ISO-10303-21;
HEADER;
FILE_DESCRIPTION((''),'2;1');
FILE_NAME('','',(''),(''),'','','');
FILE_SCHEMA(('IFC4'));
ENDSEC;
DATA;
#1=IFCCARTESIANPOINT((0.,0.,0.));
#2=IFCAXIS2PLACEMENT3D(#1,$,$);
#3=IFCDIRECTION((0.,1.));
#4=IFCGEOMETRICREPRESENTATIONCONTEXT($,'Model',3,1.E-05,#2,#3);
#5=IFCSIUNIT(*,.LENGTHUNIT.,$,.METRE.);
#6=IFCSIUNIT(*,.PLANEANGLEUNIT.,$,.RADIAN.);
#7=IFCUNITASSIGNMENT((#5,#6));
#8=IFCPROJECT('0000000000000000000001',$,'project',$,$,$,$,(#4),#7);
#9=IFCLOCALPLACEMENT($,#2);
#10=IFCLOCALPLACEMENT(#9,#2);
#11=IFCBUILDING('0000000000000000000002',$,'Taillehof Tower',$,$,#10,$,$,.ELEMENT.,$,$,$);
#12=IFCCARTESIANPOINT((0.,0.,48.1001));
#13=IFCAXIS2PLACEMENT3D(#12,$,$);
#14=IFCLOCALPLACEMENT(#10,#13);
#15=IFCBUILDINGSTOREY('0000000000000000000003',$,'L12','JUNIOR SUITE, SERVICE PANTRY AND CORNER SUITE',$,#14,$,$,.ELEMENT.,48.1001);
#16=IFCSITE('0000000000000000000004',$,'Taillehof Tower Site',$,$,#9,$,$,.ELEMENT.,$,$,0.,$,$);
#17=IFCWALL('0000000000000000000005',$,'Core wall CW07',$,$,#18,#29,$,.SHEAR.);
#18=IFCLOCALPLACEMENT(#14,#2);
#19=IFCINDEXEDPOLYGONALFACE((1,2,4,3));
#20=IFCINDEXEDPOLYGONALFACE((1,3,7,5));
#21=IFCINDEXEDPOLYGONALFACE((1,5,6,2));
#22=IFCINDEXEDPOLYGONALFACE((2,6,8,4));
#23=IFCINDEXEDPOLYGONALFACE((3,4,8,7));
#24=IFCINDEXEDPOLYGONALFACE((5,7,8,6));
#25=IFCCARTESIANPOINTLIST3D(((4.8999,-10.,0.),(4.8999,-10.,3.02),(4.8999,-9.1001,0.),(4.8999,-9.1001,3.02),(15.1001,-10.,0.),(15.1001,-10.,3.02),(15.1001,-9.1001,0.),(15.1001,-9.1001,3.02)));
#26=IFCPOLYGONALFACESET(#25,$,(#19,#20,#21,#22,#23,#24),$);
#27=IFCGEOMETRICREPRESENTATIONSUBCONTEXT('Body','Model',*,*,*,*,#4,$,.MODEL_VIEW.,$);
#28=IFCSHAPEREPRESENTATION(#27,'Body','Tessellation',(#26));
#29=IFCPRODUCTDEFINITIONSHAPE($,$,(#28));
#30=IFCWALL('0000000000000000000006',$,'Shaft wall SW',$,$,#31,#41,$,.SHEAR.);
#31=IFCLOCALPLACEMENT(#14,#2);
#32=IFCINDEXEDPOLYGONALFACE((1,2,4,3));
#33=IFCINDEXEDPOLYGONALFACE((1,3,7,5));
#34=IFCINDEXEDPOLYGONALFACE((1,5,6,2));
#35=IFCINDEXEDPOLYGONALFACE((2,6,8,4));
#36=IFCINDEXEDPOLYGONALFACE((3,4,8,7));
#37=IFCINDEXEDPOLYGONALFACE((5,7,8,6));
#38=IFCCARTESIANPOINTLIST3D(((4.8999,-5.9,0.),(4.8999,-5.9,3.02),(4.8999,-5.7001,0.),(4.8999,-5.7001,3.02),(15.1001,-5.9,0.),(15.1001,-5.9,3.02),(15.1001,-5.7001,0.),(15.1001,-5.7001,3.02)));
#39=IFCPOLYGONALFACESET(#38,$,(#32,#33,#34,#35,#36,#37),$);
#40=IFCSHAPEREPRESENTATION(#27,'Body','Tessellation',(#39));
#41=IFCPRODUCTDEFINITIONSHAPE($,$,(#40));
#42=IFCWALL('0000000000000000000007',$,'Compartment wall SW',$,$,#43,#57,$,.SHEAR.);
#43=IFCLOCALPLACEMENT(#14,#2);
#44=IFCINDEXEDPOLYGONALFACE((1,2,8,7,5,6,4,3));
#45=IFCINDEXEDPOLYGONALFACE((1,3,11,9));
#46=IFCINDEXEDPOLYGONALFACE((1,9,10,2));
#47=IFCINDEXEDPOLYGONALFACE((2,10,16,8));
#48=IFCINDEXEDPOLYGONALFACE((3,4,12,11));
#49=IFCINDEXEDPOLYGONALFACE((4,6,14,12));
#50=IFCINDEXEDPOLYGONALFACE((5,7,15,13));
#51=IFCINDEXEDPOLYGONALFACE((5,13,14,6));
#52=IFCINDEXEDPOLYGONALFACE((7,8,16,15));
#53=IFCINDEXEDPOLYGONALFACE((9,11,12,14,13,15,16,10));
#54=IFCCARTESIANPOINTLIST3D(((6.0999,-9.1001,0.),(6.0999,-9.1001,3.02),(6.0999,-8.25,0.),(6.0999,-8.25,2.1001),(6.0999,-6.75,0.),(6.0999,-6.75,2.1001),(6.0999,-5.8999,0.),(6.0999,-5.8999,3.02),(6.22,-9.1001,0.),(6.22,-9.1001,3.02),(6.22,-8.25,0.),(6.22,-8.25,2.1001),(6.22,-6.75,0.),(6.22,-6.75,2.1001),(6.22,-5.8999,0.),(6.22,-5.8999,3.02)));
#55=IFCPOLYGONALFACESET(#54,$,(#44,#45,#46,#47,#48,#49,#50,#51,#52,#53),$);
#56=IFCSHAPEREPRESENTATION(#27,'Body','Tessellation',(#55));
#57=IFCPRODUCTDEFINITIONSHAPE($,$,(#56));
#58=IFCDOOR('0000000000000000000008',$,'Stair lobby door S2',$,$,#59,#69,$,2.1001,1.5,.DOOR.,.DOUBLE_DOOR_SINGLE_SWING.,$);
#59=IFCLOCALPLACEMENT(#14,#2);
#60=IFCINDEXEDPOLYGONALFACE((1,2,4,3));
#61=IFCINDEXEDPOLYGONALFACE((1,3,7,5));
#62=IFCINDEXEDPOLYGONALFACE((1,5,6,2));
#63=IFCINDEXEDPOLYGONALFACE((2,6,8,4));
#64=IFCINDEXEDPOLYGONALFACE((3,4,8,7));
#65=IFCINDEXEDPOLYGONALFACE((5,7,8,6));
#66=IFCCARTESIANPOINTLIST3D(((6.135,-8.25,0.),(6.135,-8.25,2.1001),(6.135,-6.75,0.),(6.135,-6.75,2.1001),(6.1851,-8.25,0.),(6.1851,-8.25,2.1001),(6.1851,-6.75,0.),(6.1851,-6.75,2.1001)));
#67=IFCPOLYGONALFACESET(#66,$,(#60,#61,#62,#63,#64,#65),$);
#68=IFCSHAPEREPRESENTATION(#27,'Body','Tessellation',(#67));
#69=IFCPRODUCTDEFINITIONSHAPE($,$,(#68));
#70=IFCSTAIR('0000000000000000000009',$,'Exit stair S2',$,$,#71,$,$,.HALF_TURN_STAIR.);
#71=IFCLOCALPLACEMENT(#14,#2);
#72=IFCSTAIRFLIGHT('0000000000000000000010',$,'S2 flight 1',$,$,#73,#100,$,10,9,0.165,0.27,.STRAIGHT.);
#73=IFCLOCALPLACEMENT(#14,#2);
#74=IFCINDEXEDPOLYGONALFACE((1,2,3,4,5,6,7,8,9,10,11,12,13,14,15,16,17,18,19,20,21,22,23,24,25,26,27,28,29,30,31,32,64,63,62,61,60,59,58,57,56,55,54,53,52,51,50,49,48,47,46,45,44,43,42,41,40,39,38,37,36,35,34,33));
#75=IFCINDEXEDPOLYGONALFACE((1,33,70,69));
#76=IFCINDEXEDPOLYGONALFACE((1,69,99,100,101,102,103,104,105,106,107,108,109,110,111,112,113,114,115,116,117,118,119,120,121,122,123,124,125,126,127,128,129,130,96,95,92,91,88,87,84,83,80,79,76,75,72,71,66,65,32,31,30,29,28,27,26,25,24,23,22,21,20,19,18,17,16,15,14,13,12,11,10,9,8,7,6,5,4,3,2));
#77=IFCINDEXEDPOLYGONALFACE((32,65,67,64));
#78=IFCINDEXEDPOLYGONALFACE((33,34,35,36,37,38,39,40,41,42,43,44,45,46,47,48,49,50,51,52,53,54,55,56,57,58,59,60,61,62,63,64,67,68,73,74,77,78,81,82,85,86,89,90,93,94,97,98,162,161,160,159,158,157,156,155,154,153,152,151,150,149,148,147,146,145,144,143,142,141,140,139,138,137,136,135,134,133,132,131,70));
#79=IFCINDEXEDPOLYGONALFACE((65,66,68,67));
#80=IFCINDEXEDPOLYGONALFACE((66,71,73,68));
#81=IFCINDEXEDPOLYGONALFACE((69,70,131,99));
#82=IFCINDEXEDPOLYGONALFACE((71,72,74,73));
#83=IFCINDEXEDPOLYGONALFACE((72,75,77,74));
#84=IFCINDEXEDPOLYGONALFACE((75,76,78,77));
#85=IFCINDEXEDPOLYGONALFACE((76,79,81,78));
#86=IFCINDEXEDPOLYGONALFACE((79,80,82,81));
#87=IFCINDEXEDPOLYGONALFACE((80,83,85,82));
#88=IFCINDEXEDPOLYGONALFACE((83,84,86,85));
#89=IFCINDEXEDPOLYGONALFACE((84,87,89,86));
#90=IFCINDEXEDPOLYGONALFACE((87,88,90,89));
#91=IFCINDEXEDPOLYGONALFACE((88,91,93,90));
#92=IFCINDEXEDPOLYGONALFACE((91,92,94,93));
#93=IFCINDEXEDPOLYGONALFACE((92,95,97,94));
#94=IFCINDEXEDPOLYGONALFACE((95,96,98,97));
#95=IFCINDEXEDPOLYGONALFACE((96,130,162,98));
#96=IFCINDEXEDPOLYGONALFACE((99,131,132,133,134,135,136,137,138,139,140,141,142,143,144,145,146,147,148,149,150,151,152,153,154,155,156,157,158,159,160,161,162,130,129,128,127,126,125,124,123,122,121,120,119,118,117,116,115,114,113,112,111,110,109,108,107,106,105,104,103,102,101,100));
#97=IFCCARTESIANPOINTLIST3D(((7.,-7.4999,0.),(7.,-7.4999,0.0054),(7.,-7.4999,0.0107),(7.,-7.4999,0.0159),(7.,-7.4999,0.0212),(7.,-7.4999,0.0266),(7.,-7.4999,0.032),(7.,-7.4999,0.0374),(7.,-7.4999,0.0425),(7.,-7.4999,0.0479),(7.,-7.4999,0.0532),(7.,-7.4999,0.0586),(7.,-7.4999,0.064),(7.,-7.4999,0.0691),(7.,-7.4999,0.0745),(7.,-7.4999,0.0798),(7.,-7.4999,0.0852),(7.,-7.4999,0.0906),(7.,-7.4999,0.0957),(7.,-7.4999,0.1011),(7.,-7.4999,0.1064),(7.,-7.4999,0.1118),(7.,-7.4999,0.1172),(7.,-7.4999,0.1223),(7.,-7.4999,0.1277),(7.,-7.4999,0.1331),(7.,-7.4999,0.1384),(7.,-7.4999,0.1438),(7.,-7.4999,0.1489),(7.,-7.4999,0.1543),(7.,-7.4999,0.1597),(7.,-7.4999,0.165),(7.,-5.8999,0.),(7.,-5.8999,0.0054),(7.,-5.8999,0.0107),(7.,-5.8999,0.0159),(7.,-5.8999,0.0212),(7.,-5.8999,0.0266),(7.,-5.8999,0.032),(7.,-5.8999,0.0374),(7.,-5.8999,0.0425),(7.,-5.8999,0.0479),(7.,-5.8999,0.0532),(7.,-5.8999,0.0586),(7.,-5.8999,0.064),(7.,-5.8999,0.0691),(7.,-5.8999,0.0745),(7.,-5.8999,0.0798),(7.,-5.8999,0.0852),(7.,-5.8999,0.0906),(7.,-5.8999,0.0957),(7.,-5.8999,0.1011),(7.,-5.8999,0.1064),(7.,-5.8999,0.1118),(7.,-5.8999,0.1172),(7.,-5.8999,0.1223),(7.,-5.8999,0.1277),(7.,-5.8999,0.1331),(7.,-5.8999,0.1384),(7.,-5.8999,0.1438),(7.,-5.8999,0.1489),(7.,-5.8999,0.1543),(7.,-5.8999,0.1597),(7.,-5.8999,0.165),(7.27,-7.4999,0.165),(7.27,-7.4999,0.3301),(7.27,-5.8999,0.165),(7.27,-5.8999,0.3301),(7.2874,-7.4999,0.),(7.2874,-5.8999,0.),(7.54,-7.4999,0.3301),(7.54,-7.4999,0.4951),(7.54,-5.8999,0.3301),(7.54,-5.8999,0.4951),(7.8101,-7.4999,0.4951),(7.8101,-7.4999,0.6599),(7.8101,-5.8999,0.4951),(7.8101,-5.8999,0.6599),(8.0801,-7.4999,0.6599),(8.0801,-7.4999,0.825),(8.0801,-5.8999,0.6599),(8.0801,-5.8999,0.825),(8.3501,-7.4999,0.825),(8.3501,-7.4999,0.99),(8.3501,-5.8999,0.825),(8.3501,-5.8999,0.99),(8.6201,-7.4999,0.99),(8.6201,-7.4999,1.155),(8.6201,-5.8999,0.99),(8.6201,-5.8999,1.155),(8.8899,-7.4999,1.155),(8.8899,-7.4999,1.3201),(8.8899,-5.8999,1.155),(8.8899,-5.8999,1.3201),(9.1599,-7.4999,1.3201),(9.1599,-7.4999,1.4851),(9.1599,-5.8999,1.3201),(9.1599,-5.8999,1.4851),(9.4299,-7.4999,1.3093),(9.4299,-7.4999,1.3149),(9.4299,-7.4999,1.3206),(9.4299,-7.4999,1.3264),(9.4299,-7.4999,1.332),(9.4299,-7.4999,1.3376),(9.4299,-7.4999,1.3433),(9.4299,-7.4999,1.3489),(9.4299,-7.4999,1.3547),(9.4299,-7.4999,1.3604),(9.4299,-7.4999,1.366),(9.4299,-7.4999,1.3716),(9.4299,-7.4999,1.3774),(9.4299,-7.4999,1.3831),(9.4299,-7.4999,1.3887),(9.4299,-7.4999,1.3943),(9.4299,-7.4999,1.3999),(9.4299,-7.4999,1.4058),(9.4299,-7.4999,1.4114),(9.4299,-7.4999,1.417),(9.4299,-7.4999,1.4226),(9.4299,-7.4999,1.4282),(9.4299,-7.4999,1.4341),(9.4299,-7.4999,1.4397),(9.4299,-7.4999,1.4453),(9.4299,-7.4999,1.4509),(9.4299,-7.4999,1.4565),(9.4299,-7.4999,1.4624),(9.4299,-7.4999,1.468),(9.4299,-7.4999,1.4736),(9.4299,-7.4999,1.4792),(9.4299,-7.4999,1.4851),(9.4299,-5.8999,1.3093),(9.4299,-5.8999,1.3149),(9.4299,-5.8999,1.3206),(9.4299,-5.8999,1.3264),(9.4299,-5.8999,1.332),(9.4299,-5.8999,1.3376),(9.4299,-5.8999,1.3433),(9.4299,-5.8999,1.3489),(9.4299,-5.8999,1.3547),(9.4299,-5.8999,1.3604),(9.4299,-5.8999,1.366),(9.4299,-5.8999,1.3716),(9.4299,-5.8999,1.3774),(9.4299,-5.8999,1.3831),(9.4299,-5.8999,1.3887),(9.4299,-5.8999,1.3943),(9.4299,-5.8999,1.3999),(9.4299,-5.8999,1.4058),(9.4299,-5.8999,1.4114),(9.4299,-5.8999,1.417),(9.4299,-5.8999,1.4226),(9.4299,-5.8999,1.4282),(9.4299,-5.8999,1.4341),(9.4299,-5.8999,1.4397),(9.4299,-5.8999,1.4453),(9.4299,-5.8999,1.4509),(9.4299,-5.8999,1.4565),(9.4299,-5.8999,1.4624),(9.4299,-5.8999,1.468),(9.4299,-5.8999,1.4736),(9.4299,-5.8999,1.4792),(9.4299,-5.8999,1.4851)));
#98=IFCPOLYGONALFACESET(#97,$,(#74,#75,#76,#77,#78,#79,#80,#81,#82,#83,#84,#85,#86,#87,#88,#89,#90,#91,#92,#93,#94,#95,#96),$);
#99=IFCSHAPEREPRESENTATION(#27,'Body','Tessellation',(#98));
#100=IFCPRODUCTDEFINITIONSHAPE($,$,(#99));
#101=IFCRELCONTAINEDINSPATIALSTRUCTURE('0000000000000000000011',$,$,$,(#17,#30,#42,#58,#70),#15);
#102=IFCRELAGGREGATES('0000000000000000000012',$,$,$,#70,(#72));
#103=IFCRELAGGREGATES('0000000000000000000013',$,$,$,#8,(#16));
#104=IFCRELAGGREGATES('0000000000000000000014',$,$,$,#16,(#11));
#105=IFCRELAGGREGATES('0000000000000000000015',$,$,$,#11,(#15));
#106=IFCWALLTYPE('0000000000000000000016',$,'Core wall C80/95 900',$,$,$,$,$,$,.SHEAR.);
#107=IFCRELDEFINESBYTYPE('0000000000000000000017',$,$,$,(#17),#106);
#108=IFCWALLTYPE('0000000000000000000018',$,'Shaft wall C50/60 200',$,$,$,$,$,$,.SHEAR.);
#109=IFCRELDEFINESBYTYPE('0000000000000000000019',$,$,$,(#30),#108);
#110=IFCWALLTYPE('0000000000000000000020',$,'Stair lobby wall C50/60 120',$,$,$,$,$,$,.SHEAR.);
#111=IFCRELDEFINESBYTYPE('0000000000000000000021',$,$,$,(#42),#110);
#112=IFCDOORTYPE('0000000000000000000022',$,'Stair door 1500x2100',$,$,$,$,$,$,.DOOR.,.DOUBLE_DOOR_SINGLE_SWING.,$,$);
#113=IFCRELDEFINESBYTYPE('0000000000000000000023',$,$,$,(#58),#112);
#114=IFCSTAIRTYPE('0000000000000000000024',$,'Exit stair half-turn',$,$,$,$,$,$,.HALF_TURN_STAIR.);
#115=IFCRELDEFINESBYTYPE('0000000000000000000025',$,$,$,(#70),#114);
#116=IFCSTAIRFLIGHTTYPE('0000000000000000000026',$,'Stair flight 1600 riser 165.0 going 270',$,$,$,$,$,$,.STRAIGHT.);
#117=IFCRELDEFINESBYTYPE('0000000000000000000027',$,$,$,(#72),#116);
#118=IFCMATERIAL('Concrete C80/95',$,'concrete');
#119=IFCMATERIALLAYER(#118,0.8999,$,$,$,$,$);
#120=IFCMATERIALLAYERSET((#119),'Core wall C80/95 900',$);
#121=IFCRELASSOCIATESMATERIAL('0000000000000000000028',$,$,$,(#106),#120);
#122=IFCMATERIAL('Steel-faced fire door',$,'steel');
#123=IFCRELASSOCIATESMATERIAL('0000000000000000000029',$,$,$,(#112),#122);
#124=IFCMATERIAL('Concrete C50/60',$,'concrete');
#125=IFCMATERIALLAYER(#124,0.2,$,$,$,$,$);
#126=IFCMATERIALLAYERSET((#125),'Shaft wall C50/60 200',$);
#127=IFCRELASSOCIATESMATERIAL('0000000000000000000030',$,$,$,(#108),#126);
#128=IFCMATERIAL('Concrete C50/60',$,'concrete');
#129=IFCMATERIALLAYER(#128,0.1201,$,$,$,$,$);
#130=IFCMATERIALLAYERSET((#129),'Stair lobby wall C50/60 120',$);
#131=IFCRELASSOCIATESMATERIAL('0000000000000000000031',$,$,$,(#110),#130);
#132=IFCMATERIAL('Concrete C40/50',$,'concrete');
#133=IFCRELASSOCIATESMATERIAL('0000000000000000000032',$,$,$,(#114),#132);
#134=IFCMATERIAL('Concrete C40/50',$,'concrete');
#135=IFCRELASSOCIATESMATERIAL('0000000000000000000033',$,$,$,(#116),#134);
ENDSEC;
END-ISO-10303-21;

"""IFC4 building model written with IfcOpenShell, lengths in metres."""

from ifc_helpers import new_model, si_unit, direction, frame, frame_2d, origin, place, context, subcontext, project, spatial, polyline, rectangle, outline, extrude, material, layer, layer_set, type_object, element, fill, aggregate, save


model = new_model("IFC4")

# Units and contexts
model_context = context("Model", 3, precision=1e-05, world=origin(), true_north=direction((0.0, 1.0)))
body_context = subcontext(model_context, "Body", "Model", "MODEL_VIEW")
ifc_project = project(units=[si_unit("LENGTHUNIT", "METRE"), si_unit("PLANEANGLEUNIT", "RADIAN")], contexts=[model_context])

# Site, building, storey
site_placement = place(None, origin())
site = spatial("IfcSite", under=ifc_project, at=site_placement, Name="Taillehof Tower Site", CompositionType="ELEMENT", RefElevation=0.0)
building_placement = place(site_placement, origin())
building = spatial("IfcBuilding", under=site, at=building_placement, Name="Taillehof Tower", CompositionType="ELEMENT")
storey_placement = place(building_placement, frame((0.0, 0.0, 48.1001)))
storey = spatial("IfcBuildingStorey", under=building, at=storey_placement, Name="L12", Description="JUNIOR SUITE, SERVICE PANTRY AND CORNER SUITE", CompositionType="ELEMENT", Elevation=48.1001)

# Shared definitions
ifc_material_1 = material(Name="Concrete C80/95", Category="concrete")
ifc_layer_1 = layer(ifc_material_1, 0.8999)
ifc_layer_set_1 = layer_set([ifc_layer_1], Name="Core wall C80/95 900")
wall_type_1 = type_object("IfcWallType", Name="Core wall C80/95 900", PredefinedType="SHEAR", material=ifc_layer_set_1)
ifc_material_2 = material(Name="Steel-faced fire door", Category="steel")
door_type_1 = type_object("IfcDoorType", Name="Stair door 1500x2100", OperationType="DOUBLE_DOOR_SINGLE_SWING", PredefinedType="DOOR", material=ifc_material_2)

# Walls
wall_1_placement = place(storey_placement, frame((4.8999, -9.55, 0.0), z_axis=(0.0, 0.0, 1.0), x_axis=(1.0, 0.0, 0.0)))
element("IfcWall", 1, at=wall_1_placement, inside=storey, type_object=wall_type_1, Name="Core wall CW07", PredefinedType="SHEAR", context=body_context, shape_type="SweptSolid", body=[
    extrude(rectangle(XDim=10.2002, YDim=0.8999, at=frame_2d((5.1001, 0.0))), origin(), (0.0, 0.0, 1.0), 3.02),
])
ifc_material_3 = material(Name="Concrete C50/60", Category="concrete")
ifc_layer_2 = layer(ifc_material_3, 0.2)
ifc_layer_set_2 = layer_set([ifc_layer_2], Name="Shaft wall C50/60 200")
wall_type_2 = type_object("IfcWallType", Name="Shaft wall C50/60 200", PredefinedType="SHEAR", material=ifc_layer_set_2)
wall_2_placement = place(storey_placement, frame((4.8999, -5.8, 0.0), z_axis=(0.0, 0.0, 1.0), x_axis=(1.0, 0.0, 0.0)))
element("IfcWall", 2, at=wall_2_placement, inside=storey, type_object=wall_type_2, Name="Shaft wall SW", PredefinedType="SHEAR", context=body_context, shape_type="SweptSolid", body=[
    extrude(rectangle(XDim=10.2002, YDim=0.2, at=frame_2d((5.1001, 0.0))), origin(), (0.0, 0.0, 1.0), 3.02),
])

# Wall, opening, door
ifc_material_4 = material(Name="Concrete C50/60", Category="concrete")
ifc_layer_3 = layer(ifc_material_4, 0.1201)
ifc_layer_set_3 = layer_set([ifc_layer_3], Name="Stair lobby wall C50/60 120")
wall_type_3 = type_object("IfcWallType", Name="Stair lobby wall C50/60 120", PredefinedType="SHEAR", material=ifc_layer_set_3)
wall_3_placement = place(storey_placement, frame((6.1599, -9.1001, 0.0), z_axis=(0.0, 0.0, 1.0), x_axis=(0.0, 1.0, 0.0)))
wall_3 = element("IfcWall", 3, at=wall_3_placement, inside=storey, type_object=wall_type_3, Name="Compartment wall SW", PredefinedType="SHEAR", context=body_context, shape_type="SweptSolid", body=[
    extrude(rectangle(XDim=3.2002, YDim=0.1201, at=frame_2d((1.6001, 0.0))), origin(), (0.0, 0.0, 1.0), 3.02),
])
opening_1_placement = place(wall_3_placement, frame((0.8501, 0.0, 0.0)))
opening_1 = element("IfcOpeningElement", 4, at=opening_1_placement, cuts=wall_3, PredefinedType="OPENING", context=body_context, shape_type="SweptSolid", body=[
    extrude(rectangle(XDim=1.5, YDim=2.1001, at=frame_2d((0.75, 1.05))), frame((0.0, 0.0701, 0.0), z_axis=(0.0, -1.0, 0.0), x_axis=(1.0, 0.0, 0.0)), (0.0, 0.0, 1.0), 0.1401),
])
door_1_placement = place(opening_1_placement, origin())
door_1 = element("IfcDoor", 5, at=door_1_placement, inside=storey, type_object=door_type_1, Name="Stair lobby door S2", OperationType="DOUBLE_DOOR_SINGLE_SWING", OverallHeight=2.1001, OverallWidth=1.5, PredefinedType="DOOR", context=body_context, shape_type="SweptSolid", body=[
    extrude(rectangle(XDim=1.5, YDim=2.1001, at=frame_2d((0.75, 1.05))), frame((0.0, 0.0249, 0.0), z_axis=(0.0, -1.0, 0.0), x_axis=(1.0, 0.0, 0.0)), (0.0, 0.0, 1.0), 0.05),
])
fill(opening_1, door_1)

# Stair, stair flight
ifc_material_5 = material(Name="Concrete C40/50", Category="concrete")
stair_type = type_object("IfcStairType", Name="Exit stair half-turn", PredefinedType="HALF_TURN_STAIR", material=ifc_material_5)
stair_placement = place(storey_placement, origin())
stair = element("IfcStair", 6, at=stair_placement, inside=storey, type_object=stair_type, Name="Exit stair S2", PredefinedType="HALF_TURN_STAIR")
ifc_material_6 = material(Name="Concrete C40/50", Category="concrete")
stair_flight_type = type_object("IfcStairFlightType", Name="Stair flight 1600 riser 165.0 going 270", PredefinedType="STRAIGHT", material=ifc_material_6)
stair_flight_1_placement = place(storey_placement, frame((7.0, -6.7, 0.0), z_axis=(0.0, 0.0, 1.0), x_axis=(1.0, 0.0, 0.0)))
stair_flight_1 = element("IfcStairFlight", 7, at=stair_flight_1_placement, type_object=stair_flight_type, Name="S2 flight 1", NumberOfRisers=10, NumberOfTreads=9, PredefinedType="STRAIGHT", RiserHeight=0.165, TreadLength=0.27, context=body_context, shape_type="SweptSolid", body=[
    extrude(outline(polyline([(0.0, 0.0), (0.0, 0.0054), (0.0, 0.0107), (0.0, 0.0159), (0.0, 0.0212), (0.0, 0.0266), (0.0, 0.032), (0.0, 0.0374), (0.0, 0.0425), (0.0, 0.0479), (0.0, 0.0532), (0.0, 0.0586), (0.0, 0.064), (0.0, 0.0691), (0.0, 0.0745), (0.0, 0.0798), (0.0, 0.0852), (0.0, 0.0906), (0.0, 0.0957), (0.0, 0.1011), (0.0, 0.1064), (0.0, 0.1118), (0.0, 0.1172), (0.0, 0.1223), (0.0, 0.1277), (0.0, 0.1331), (0.0, 0.1384), (0.0, 0.1438), (0.0, 0.1489), (0.0, 0.1543), (0.0, 0.1597), (0.0, 0.165), (0.27, 0.165), (0.27, 0.3301), (0.54, 0.3301), (0.54, 0.4951), (0.8101, 0.4951), (0.8101, 0.6599), (1.0801, 0.6599), (1.0801, 0.825), (1.3501, 0.825), (1.3501, 0.99), (1.6201, 0.99), (1.6201, 1.155), (1.8899, 1.155), (1.8899, 1.3201), (2.1599, 1.3201), (2.1599, 1.4851), (2.4299, 1.4851), (2.4299, 1.4792), (2.4299, 1.4736), (2.4299, 1.468), (2.4299, 1.4624), (2.4299, 1.4565), (2.4299, 1.4509), (2.4299, 1.4453), (2.4299, 1.4397), (2.4299, 1.4341), (2.4299, 1.4282), (2.4299, 1.4226), (2.4299, 1.417), (2.4299, 1.4114), (2.4299, 1.4058), (2.4299, 1.3999), (2.4299, 1.3943), (2.4299, 1.3887), (2.4299, 1.3831), (2.4299, 1.3774), (2.4299, 1.3716), (2.4299, 1.366), (2.4299, 1.3604), (2.4299, 1.3547), (2.4299, 1.3489), (2.4299, 1.3433), (2.4299, 1.3376), (2.4299, 1.332), (2.4299, 1.3264), (2.4299, 1.3206), (2.4299, 1.3149), (2.4299, 1.3093), (0.2874, 0.0), (0.0, 0.0)])), frame((0.0, 0.8, 0.0), z_axis=(0.0, -1.0, 0.0), x_axis=(1.0, 0.0, 0.0)), (0.0, 0.0, 1.0), 1.6),
])
aggregate(stair, [stair_flight_1])

save(model, "model.ifc")
